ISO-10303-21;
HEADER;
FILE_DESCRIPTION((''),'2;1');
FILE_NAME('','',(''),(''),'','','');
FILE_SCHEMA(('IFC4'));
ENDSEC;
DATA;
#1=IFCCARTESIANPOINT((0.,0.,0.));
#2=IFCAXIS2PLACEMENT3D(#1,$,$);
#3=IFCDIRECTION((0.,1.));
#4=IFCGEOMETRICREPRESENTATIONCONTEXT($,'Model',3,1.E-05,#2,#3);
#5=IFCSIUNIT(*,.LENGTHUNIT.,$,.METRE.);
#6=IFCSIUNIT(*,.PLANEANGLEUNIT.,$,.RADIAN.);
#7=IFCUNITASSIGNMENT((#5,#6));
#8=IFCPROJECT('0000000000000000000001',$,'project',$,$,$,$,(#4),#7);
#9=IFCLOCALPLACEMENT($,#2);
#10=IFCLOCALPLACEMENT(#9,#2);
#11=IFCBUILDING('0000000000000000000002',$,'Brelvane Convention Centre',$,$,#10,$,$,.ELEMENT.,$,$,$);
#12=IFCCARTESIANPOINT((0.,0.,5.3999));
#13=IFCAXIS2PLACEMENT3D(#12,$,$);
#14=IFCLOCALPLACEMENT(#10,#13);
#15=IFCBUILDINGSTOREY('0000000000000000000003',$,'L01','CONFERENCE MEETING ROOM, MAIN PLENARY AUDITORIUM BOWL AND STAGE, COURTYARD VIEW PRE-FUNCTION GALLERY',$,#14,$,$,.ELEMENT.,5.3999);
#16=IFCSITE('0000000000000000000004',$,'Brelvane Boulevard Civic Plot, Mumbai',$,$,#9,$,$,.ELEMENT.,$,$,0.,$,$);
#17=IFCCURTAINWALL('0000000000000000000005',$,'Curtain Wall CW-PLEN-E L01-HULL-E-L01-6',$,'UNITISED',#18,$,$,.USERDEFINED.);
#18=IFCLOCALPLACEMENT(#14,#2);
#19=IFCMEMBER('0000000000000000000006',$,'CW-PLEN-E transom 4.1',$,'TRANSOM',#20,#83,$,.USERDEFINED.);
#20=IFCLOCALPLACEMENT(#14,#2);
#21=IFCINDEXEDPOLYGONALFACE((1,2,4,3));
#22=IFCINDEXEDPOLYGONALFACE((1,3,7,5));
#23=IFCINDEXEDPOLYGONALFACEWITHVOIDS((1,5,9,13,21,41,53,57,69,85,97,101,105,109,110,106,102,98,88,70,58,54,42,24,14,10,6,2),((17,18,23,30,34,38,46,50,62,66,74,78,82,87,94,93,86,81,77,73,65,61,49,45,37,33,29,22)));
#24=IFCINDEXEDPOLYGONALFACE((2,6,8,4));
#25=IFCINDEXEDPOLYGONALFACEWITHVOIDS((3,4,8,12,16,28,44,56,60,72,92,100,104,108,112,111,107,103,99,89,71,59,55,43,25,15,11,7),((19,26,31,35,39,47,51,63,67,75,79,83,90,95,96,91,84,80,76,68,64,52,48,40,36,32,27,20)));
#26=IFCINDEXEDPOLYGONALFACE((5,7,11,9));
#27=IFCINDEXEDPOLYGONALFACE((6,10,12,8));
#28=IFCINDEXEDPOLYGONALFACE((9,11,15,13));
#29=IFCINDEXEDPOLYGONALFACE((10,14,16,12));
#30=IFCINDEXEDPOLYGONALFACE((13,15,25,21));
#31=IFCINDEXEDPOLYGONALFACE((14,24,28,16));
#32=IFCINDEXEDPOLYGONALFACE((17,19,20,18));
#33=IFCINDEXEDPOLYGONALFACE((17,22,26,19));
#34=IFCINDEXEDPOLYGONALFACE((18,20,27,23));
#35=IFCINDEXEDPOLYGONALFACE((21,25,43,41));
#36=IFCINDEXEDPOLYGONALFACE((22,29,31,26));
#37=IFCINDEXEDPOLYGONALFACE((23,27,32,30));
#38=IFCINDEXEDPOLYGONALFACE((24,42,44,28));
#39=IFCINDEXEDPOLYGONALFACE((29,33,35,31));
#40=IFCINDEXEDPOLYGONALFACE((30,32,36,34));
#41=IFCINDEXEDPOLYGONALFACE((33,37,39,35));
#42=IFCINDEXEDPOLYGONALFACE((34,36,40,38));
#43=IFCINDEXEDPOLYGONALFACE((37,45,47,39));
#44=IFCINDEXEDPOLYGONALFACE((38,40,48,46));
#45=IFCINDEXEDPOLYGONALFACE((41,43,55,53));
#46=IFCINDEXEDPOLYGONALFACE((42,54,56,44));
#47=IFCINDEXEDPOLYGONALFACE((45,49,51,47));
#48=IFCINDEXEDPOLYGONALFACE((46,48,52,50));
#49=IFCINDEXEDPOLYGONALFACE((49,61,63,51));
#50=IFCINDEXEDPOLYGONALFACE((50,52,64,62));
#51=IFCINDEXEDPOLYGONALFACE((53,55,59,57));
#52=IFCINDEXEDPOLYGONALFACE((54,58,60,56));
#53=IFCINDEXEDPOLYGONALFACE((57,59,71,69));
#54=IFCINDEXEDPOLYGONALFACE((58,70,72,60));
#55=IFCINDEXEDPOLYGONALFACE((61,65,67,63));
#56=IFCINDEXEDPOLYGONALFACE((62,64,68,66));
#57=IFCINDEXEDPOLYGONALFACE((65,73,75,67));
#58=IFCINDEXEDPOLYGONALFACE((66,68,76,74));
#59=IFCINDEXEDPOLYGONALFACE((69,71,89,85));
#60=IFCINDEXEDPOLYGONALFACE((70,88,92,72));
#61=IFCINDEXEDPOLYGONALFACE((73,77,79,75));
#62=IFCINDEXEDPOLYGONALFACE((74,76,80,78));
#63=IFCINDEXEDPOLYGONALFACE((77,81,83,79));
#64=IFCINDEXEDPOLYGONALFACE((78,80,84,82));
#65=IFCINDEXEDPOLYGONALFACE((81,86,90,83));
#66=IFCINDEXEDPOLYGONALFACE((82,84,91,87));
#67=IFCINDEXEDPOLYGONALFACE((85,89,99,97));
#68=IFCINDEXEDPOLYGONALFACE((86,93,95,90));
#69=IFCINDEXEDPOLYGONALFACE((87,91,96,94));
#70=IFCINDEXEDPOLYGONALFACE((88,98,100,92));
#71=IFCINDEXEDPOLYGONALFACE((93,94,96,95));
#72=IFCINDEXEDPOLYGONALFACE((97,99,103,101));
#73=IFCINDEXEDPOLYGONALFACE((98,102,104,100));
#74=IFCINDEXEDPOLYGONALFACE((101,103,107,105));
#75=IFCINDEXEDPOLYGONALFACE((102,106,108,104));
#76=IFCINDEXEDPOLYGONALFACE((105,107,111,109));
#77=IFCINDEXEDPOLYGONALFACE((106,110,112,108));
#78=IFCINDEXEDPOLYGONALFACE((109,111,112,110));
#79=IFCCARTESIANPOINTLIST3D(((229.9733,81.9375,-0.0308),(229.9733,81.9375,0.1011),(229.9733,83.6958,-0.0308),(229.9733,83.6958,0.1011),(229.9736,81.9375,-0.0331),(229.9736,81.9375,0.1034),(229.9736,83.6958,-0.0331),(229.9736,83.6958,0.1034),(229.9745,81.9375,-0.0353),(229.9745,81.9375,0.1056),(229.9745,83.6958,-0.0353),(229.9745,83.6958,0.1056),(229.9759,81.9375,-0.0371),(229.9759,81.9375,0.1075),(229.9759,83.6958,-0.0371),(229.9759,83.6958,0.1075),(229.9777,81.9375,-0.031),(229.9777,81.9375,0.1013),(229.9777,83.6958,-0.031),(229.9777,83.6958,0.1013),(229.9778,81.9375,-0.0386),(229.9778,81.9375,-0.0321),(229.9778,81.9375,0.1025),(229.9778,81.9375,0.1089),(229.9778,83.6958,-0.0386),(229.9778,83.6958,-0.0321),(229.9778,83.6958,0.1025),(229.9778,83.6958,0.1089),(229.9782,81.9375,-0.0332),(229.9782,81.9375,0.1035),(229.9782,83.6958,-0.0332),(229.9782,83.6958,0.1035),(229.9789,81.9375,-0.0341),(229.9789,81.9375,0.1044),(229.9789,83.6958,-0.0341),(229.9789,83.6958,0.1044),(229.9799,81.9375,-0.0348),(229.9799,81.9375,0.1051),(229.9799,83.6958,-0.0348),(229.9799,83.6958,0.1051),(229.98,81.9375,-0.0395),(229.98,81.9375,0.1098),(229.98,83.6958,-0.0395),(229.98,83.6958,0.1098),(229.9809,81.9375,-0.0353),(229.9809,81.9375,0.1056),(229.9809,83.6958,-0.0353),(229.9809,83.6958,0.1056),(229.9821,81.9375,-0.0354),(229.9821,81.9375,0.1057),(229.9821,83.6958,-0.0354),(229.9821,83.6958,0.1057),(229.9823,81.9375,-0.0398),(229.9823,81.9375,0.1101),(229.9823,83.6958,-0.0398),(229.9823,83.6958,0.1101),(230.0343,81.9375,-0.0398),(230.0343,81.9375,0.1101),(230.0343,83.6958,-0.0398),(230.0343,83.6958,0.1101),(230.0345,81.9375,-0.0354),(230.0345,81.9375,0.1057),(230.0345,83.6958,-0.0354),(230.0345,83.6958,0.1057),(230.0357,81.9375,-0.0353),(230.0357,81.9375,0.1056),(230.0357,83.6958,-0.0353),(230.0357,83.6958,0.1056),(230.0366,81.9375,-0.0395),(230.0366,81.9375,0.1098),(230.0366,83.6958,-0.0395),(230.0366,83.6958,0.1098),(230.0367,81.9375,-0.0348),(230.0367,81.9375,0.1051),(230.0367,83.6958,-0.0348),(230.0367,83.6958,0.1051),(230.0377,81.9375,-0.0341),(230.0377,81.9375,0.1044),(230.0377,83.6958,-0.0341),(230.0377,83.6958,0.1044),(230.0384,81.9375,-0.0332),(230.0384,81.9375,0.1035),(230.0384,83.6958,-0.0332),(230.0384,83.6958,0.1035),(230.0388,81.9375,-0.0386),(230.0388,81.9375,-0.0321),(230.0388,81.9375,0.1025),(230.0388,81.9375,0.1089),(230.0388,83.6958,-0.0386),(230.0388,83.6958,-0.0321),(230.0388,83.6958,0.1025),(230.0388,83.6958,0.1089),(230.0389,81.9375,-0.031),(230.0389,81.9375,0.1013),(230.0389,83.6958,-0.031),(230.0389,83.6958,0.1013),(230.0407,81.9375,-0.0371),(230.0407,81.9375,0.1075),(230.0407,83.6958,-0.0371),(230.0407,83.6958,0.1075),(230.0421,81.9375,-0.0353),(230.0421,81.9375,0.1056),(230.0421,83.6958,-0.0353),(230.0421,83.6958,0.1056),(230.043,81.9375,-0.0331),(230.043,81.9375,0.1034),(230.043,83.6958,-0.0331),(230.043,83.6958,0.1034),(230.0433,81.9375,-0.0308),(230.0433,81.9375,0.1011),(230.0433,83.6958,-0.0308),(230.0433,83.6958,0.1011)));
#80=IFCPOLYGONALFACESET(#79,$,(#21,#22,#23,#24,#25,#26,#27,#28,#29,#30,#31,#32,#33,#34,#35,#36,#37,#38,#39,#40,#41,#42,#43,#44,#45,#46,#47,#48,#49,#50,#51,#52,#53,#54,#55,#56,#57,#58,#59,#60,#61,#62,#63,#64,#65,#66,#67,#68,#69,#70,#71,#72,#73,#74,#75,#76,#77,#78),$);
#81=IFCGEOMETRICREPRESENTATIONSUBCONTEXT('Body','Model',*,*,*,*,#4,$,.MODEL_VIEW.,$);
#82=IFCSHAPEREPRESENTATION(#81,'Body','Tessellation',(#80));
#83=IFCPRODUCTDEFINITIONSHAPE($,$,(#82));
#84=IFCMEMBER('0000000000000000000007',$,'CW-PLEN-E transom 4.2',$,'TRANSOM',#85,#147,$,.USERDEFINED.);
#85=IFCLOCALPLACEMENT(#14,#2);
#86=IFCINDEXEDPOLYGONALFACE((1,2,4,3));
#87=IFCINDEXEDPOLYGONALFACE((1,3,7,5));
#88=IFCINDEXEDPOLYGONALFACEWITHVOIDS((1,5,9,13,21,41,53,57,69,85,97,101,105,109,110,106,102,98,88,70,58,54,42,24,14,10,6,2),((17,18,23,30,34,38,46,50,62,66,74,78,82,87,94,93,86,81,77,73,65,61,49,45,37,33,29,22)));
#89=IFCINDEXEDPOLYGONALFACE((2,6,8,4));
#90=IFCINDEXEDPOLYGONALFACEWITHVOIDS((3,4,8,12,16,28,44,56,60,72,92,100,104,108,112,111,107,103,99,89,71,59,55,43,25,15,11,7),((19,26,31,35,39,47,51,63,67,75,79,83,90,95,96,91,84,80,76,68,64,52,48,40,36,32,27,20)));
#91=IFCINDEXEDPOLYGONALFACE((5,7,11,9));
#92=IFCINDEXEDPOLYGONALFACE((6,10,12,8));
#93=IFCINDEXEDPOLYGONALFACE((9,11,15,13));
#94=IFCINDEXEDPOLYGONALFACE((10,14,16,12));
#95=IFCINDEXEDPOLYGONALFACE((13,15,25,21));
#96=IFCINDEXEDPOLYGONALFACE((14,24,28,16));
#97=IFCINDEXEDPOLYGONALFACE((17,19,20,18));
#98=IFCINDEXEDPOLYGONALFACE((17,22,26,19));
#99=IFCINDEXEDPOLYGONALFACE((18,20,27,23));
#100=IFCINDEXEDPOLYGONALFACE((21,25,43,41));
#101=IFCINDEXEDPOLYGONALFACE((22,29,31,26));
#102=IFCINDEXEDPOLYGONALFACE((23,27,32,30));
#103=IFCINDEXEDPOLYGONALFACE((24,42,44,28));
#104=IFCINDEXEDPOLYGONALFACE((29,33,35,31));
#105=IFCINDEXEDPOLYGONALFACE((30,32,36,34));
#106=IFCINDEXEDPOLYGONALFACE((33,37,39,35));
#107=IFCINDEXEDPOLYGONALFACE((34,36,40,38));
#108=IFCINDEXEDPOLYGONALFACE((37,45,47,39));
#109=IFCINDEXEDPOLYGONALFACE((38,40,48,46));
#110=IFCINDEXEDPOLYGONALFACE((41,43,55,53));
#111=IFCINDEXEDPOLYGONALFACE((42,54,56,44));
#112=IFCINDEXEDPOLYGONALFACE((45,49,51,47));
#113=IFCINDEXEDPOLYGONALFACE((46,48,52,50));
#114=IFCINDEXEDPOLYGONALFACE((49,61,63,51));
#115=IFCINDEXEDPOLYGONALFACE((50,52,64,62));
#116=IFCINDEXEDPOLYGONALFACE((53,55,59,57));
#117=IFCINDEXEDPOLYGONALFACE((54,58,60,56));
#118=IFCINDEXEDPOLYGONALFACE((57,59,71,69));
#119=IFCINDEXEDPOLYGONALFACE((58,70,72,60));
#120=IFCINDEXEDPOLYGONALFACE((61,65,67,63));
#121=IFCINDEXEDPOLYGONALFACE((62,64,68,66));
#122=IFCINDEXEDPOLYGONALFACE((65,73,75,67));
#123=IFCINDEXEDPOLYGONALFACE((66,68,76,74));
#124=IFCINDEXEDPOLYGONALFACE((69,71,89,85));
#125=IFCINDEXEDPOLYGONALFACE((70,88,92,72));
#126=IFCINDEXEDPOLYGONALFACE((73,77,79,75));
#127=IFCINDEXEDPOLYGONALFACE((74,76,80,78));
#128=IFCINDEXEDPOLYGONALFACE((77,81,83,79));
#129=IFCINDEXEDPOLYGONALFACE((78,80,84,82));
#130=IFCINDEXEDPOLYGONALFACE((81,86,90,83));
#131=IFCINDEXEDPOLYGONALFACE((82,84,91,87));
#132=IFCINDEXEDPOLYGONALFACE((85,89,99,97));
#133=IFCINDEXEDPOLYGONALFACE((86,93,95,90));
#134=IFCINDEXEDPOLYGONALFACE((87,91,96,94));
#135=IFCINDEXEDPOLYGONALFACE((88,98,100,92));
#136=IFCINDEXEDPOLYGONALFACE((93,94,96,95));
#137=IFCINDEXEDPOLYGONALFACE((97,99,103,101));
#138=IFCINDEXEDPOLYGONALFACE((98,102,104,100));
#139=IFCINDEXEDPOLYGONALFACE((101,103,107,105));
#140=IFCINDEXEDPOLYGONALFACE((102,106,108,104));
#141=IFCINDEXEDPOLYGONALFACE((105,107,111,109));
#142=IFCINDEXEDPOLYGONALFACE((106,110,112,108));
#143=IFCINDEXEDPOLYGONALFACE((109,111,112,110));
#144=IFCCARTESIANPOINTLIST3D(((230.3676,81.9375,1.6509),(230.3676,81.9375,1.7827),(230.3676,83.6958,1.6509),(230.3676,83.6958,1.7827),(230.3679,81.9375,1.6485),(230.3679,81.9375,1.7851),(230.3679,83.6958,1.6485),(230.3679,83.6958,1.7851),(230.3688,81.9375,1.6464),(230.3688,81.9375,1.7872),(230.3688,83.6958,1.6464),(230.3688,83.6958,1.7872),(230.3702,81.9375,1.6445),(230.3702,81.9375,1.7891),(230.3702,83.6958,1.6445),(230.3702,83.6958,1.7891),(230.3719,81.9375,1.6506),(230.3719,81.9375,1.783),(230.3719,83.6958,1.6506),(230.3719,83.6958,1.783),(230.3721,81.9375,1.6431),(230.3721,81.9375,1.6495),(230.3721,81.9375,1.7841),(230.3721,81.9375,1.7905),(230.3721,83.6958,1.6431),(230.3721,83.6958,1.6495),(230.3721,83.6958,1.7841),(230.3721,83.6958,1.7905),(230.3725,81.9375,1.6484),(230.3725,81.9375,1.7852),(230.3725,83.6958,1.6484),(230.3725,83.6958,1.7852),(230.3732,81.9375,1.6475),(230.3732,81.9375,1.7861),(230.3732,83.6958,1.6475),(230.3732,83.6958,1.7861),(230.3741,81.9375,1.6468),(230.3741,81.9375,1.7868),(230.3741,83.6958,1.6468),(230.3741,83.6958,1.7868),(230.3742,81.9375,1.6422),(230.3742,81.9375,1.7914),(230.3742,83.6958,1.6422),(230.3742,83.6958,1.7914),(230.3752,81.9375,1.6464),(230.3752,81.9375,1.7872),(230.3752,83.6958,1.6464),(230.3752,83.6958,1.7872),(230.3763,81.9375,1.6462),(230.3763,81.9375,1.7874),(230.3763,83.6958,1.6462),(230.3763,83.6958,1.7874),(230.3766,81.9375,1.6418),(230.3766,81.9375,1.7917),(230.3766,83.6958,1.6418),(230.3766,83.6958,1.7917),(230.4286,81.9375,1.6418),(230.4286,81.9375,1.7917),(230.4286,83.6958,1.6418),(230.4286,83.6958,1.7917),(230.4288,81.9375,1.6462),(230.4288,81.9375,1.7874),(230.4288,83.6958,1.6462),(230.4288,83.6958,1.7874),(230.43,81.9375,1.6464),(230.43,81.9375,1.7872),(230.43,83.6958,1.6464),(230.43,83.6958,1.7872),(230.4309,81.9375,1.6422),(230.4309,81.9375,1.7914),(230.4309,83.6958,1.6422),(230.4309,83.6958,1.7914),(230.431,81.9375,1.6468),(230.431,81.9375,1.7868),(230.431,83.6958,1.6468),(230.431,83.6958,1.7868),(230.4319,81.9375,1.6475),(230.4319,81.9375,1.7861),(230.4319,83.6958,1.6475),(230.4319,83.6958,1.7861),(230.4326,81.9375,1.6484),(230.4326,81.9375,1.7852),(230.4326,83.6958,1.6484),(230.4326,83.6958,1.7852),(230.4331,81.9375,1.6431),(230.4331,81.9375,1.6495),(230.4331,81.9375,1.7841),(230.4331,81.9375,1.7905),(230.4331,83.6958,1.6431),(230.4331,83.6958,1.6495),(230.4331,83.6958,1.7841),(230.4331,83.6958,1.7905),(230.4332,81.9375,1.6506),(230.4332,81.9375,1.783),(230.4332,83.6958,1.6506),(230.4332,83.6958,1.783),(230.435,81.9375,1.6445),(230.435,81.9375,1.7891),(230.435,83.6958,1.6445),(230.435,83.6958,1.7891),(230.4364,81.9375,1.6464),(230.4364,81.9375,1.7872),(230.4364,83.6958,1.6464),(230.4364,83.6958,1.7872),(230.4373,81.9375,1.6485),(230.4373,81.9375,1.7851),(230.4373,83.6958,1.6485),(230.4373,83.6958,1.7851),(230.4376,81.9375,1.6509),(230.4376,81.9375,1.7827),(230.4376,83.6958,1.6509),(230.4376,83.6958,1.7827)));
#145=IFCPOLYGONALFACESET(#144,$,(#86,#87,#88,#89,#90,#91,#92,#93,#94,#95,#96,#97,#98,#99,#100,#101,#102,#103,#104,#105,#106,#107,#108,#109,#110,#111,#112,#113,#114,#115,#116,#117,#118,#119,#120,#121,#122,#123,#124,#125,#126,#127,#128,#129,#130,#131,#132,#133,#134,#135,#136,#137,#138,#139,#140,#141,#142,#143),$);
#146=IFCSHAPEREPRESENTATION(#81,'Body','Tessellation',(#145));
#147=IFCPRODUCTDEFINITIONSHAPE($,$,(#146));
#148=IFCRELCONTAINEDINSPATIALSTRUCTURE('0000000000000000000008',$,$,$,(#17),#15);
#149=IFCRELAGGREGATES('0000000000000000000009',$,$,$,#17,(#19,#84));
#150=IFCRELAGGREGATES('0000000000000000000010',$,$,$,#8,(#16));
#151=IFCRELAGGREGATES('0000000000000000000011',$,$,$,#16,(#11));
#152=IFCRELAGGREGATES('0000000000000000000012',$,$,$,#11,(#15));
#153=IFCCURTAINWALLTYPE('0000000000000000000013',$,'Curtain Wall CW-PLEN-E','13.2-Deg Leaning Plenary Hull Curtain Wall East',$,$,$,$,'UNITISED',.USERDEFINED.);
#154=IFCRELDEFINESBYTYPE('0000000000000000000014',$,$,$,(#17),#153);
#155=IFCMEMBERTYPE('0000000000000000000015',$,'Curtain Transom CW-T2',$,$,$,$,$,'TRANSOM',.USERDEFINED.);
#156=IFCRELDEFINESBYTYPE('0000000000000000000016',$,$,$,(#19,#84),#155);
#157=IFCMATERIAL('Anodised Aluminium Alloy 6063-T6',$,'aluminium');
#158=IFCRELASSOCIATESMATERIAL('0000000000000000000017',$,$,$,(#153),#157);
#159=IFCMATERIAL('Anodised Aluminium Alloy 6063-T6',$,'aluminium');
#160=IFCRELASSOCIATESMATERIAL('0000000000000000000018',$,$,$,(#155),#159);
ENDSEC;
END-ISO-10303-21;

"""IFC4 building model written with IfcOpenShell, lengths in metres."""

from ifc_helpers import new_model, si_unit, direction, frame, origin, origin_2d, place, context, subcontext, project, spatial, hollow_rectangle, extrude, material, material_profile, profile_set, type_object, element, aggregate, save


model = new_model("IFC4")

# Units and contexts
model_context = context("Model", 3, precision=1e-05, world=origin(), true_north=direction((0.0, 1.0)))
body_context = subcontext(model_context, "Body", "Model", "MODEL_VIEW")
ifc_project = project(units=[si_unit("LENGTHUNIT", "METRE"), si_unit("PLANEANGLEUNIT", "RADIAN")], contexts=[model_context])

# Site, building, storey
site_placement = place(None, origin())
site = spatial("IfcSite", under=ifc_project, at=site_placement, Name="Brelvane Boulevard Civic Plot, Mumbai", CompositionType="ELEMENT", RefElevation=0.0)
building_placement = place(site_placement, origin())
building = spatial("IfcBuilding", under=site, at=building_placement, Name="Brelvane Convention Centre", CompositionType="ELEMENT")
storey_placement = place(building_placement, frame((0.0, 0.0, 5.3999)))
storey = spatial("IfcBuildingStorey", under=building, at=storey_placement, Name="L01", Description="CONFERENCE MEETING ROOM, MAIN PLENARY AUDITORIUM BOWL AND STAGE, COURTYARD VIEW PRE-FUNCTION GALLERY", CompositionType="ELEMENT", Elevation=5.3999)

# Curtain wall, members
ifc_material_1 = material(Name="Anodised Aluminium Alloy 6063-T6", Category="aluminium")
curtain_wall_type = type_object("IfcCurtainWallType", Name="Curtain Wall CW-PLEN-E", Description="13.2-Deg Leaning Plenary Hull Curtain Wall East", ElementType="UNITISED", PredefinedType="USERDEFINED", material=ifc_material_1)
curtain_wall_placement = place(storey_placement, origin())
curtain_wall = element("IfcCurtainWall", 1, at=curtain_wall_placement, inside=storey, type_object=curtain_wall_type, Name="Curtain Wall CW-PLEN-E L01-HULL-E-L01-6", ObjectType="UNITISED", PredefinedType="USERDEFINED")
ifc_material_2 = material(Name="Anodised Aluminium Alloy 6063-T6", Category="aluminium")
ifc_material_profile_1 = material_profile(ifc_material_2, hollow_rectangle(XDim=0.0701, YDim=0.1499, WallThickness=0.0044, InnerFilletRadius=0.0044, OuterFilletRadius=0.009, at=origin_2d()), Name="ALU-T 150x70x4.5")
ifc_profile_set_1 = profile_set([ifc_material_profile_1], Name="Anodised Aluminium Alloy 6063-T6")
member_type_1 = type_object("IfcMemberType", Name="Curtain Transom CW-T2", ElementType="TRANSOM", PredefinedType="USERDEFINED", material=ifc_profile_set_1)
member_1_placement = place(storey_placement, frame((230.0083, 81.9375, 0.0352), z_axis=(0.0, 1.0, 0.0), x_axis=(-1.0, 0.0, 0.0)))
member_1 = element("IfcMember", 2, at=member_1_placement, type_object=member_type_1, Name="CW-PLEN-E transom 4.1", ObjectType="TRANSOM", PredefinedType="USERDEFINED", context=body_context, shape_type="SweptSolid", body=[
    extrude(hollow_rectangle(XDim=0.0701, YDim=0.1499, WallThickness=0.0044, InnerFilletRadius=0.0044, OuterFilletRadius=0.009, at=origin_2d()), origin(), (0.0, 0.0, 1.0), 1.7583),
])
member_2_placement = place(storey_placement, frame((230.4026, 81.9375, 1.7168), z_axis=(0.0, 1.0, 0.0), x_axis=(-1.0, 0.0, 0.0)))
member_2 = element("IfcMember", 3, at=member_2_placement, type_object=member_type_1, Name="CW-PLEN-E transom 4.2", ObjectType="TRANSOM", PredefinedType="USERDEFINED", context=body_context, shape_type="SweptSolid", body=[
    extrude(hollow_rectangle(XDim=0.0701, YDim=0.1499, WallThickness=0.0044, InnerFilletRadius=0.0044, OuterFilletRadius=0.009, at=origin_2d()), origin(), (0.0, 0.0, 1.0), 1.7583),
])

aggregate(curtain_wall, [member_1, member_2])

save(model, "model.ifc")
